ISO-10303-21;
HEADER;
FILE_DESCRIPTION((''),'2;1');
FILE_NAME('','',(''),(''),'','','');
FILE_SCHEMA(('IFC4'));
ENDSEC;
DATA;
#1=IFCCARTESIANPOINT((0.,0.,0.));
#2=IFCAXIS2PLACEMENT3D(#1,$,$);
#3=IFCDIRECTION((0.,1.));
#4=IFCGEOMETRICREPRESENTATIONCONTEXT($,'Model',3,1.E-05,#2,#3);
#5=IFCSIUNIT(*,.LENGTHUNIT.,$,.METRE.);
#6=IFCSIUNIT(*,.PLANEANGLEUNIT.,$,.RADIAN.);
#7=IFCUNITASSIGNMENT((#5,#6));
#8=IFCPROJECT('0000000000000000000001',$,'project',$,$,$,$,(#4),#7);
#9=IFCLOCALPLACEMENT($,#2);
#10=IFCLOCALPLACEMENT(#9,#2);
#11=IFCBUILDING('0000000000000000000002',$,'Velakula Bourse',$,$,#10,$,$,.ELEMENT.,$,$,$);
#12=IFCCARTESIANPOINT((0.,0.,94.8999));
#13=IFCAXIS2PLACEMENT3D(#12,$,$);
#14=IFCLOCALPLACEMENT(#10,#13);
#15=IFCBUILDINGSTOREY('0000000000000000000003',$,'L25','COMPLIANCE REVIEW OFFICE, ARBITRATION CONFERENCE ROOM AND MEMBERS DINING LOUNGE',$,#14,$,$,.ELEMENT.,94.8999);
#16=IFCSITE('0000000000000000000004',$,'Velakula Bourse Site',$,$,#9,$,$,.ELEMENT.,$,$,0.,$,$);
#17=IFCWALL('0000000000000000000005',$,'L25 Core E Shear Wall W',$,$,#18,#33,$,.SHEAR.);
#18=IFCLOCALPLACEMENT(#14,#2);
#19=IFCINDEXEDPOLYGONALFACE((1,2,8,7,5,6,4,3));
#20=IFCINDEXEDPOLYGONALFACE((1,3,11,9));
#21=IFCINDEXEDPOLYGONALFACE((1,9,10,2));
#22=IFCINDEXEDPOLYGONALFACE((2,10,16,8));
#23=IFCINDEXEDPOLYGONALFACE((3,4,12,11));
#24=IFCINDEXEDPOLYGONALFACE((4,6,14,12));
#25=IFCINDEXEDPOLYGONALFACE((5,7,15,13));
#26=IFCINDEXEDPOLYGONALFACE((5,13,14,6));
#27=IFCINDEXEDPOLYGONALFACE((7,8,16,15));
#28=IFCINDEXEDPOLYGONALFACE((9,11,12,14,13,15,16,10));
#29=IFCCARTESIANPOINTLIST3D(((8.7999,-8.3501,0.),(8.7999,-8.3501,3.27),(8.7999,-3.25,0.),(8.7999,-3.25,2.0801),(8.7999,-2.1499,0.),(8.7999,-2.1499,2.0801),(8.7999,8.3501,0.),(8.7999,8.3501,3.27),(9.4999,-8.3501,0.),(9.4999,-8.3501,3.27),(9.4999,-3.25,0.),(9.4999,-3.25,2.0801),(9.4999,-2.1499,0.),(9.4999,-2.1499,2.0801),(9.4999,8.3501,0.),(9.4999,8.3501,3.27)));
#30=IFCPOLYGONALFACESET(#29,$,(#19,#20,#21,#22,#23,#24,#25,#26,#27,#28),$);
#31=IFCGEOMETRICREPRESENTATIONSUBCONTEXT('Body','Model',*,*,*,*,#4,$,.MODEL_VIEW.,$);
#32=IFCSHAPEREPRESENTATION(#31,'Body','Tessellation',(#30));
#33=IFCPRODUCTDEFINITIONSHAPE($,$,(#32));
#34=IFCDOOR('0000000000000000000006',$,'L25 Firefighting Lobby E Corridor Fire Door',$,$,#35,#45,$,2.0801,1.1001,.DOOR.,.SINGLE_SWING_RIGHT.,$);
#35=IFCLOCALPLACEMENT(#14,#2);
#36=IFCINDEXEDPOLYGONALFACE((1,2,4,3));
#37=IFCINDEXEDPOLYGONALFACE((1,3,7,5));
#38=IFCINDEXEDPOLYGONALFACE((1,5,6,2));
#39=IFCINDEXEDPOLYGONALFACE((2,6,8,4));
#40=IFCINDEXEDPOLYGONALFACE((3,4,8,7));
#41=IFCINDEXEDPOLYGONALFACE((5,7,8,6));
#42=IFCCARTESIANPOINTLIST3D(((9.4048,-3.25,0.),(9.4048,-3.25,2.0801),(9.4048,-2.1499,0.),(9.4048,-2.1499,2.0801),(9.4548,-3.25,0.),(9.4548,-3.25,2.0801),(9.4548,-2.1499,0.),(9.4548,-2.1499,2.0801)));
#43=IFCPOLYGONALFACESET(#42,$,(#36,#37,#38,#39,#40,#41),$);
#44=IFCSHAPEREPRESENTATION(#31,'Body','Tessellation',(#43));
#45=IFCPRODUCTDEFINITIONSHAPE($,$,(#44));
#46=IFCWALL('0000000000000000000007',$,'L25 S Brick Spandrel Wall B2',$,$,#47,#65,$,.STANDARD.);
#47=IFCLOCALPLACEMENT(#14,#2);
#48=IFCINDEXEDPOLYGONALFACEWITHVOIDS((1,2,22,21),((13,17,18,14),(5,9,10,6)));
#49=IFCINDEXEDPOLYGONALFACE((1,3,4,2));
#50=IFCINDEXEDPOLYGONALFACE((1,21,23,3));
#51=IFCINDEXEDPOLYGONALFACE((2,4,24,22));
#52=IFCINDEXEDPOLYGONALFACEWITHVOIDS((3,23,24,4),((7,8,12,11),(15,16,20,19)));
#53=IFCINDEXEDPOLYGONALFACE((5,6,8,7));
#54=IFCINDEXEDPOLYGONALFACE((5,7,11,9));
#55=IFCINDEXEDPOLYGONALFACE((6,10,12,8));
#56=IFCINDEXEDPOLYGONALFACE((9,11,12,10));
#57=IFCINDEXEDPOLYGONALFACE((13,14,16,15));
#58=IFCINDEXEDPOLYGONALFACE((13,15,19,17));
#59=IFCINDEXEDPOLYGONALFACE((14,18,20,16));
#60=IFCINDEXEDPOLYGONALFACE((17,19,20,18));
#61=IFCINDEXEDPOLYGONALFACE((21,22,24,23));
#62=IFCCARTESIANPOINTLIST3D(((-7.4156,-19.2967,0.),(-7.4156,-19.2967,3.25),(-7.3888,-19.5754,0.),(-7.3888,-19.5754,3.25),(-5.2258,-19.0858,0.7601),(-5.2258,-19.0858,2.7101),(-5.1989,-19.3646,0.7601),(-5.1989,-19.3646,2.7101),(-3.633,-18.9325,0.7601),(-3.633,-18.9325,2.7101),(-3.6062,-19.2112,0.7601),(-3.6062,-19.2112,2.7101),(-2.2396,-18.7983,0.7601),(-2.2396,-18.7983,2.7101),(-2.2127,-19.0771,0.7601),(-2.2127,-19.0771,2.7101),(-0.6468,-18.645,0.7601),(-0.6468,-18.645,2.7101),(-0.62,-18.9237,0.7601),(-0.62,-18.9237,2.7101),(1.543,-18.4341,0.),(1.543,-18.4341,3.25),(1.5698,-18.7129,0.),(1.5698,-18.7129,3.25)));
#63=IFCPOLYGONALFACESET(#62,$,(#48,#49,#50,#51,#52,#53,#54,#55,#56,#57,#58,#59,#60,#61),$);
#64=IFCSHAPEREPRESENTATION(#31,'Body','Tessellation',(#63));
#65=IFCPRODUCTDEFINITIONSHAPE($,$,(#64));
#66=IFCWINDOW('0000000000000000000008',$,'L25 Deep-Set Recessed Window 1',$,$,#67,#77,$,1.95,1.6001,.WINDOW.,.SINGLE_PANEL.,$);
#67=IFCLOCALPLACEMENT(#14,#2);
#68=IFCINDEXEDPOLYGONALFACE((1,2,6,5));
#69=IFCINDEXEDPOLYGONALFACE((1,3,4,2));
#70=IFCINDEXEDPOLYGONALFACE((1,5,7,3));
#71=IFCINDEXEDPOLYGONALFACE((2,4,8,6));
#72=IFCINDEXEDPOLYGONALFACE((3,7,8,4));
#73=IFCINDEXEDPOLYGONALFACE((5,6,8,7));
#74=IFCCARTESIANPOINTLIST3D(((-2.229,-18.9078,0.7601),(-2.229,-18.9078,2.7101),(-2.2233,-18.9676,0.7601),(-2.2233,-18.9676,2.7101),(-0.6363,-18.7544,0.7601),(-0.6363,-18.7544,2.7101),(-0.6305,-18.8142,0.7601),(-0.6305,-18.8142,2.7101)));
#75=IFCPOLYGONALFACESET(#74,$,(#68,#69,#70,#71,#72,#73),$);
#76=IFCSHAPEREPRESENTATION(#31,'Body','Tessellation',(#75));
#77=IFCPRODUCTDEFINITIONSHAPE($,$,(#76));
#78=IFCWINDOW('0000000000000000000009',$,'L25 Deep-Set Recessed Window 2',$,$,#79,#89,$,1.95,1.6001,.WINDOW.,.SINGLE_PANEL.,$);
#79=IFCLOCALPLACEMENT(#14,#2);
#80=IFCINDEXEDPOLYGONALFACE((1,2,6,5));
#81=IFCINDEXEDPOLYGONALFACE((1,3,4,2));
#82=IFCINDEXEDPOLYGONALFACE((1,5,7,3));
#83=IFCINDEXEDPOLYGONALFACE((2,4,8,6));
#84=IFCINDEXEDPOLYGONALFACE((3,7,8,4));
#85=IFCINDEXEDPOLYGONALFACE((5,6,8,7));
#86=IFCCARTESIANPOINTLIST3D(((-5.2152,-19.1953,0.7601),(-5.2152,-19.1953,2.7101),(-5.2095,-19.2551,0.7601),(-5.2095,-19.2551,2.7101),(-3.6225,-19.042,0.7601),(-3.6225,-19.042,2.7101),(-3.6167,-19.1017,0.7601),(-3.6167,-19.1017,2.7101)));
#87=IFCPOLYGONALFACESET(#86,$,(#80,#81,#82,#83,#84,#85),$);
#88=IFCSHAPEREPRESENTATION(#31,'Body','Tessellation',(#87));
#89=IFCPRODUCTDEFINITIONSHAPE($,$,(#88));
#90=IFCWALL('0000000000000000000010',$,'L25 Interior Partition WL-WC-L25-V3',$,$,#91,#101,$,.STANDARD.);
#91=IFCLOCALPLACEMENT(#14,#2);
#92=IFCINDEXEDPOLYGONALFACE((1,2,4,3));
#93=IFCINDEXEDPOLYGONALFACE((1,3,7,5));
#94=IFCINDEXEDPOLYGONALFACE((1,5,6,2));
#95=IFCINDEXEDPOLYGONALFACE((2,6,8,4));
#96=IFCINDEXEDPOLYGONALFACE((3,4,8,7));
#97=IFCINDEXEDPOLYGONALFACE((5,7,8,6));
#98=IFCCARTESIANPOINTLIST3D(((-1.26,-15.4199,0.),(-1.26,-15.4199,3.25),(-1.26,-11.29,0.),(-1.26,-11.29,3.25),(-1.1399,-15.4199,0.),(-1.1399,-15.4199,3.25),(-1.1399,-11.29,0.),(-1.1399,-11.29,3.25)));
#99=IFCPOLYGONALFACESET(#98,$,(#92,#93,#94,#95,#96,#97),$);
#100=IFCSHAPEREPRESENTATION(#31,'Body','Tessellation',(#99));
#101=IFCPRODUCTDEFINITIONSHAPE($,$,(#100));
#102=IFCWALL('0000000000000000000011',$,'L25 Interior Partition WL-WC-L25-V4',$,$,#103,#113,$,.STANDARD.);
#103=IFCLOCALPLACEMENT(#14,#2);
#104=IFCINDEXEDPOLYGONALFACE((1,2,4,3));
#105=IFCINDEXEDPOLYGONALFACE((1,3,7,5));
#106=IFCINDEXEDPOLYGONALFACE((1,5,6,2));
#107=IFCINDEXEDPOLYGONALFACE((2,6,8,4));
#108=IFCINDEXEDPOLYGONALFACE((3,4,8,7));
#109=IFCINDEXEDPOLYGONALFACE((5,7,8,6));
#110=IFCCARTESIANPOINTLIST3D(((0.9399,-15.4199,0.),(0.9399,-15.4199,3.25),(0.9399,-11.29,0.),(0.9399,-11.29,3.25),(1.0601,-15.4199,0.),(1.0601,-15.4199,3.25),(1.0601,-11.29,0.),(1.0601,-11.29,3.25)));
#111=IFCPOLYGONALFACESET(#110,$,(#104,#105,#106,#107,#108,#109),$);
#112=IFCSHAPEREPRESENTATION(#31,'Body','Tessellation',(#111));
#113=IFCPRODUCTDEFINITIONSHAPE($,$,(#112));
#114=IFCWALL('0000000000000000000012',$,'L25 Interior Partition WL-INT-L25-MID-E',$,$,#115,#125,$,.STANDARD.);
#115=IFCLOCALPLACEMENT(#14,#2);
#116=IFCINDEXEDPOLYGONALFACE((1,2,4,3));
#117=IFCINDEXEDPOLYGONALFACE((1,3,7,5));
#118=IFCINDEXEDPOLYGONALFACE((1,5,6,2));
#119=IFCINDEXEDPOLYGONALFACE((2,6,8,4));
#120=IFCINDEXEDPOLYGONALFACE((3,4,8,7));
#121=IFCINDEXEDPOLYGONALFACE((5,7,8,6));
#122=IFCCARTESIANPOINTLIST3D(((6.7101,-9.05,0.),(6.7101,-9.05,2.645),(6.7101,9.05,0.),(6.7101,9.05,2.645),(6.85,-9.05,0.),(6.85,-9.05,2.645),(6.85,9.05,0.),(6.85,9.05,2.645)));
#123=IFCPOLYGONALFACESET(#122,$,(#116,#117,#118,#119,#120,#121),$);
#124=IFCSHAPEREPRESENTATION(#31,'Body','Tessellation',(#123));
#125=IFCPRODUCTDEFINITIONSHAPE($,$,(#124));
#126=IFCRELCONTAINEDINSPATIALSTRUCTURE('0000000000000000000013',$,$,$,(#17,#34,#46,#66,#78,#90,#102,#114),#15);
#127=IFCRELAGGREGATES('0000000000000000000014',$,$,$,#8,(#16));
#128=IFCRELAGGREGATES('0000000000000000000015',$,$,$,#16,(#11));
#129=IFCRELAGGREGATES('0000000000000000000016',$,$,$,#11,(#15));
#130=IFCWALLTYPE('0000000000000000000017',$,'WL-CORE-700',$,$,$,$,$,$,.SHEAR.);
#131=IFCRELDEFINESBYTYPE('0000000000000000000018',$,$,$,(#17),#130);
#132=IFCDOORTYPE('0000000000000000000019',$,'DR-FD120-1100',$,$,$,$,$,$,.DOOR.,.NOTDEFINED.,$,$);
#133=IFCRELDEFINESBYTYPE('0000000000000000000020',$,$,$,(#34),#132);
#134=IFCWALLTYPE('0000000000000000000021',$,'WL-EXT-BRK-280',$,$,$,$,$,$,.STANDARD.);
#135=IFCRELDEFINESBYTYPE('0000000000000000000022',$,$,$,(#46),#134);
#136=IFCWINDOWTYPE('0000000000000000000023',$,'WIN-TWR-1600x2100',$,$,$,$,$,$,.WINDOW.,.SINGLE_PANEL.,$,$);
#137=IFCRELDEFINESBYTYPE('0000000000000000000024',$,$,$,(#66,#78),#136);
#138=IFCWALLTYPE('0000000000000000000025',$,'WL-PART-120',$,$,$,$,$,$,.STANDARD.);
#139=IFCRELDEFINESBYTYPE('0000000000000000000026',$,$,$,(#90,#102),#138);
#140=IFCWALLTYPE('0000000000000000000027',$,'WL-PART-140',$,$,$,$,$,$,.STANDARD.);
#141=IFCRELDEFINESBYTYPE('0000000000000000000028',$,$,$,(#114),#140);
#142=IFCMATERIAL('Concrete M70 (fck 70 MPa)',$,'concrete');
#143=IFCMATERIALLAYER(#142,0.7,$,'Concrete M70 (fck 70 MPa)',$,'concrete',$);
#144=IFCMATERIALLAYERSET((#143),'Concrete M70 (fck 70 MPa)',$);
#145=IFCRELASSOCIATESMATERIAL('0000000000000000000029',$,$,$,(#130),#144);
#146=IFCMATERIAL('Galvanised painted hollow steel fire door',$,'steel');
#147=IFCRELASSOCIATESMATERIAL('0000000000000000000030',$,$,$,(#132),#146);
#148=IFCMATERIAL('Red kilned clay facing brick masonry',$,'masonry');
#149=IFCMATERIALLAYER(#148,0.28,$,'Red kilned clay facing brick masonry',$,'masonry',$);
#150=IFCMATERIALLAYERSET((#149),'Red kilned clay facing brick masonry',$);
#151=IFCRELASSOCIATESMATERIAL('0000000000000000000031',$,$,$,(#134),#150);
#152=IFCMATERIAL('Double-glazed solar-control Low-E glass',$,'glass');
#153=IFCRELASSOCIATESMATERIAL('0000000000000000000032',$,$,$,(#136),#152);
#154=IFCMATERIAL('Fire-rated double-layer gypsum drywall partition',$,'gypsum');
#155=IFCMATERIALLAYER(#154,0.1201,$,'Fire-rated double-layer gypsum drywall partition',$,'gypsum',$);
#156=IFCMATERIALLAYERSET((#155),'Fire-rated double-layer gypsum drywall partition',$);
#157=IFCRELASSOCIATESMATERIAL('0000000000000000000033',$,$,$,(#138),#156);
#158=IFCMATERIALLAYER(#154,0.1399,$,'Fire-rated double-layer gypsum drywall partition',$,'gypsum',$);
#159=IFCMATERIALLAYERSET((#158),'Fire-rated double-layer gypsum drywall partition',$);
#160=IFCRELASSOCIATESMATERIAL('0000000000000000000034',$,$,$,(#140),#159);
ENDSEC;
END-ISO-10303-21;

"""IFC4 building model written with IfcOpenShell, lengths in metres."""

from ifc_helpers import new_model, si_unit, direction, frame, frame_2d, origin, place, context, subcontext, project, spatial, rectangle, extrude, material, layer, layer_set, type_object, element, fill, save


model = new_model("IFC4")

# Units and contexts
model_context = context("Model", 3, precision=1e-05, world=origin(), true_north=direction((0.0, 1.0)))
body_context = subcontext(model_context, "Body", "Model", "MODEL_VIEW")
ifc_project = project(units=[si_unit("LENGTHUNIT", "METRE"), si_unit("PLANEANGLEUNIT", "RADIAN")], contexts=[model_context])

# Site, building, storey
site_placement = place(None, origin())
site = spatial("IfcSite", under=ifc_project, at=site_placement, Name="Velakula Bourse Site", CompositionType="ELEMENT", RefElevation=0.0)
building_placement = place(site_placement, origin())
building = spatial("IfcBuilding", under=site, at=building_placement, Name="Velakula Bourse", CompositionType="ELEMENT")
storey_placement = place(building_placement, frame((0.0, 0.0, 94.8999)))
storey = spatial("IfcBuildingStorey", under=building, at=storey_placement, Name="L25", Description="COMPLIANCE REVIEW OFFICE, ARBITRATION CONFERENCE ROOM AND MEMBERS DINING LOUNGE", CompositionType="ELEMENT", Elevation=94.8999)

# Shared definitions
ifc_material_1 = material(Name="Concrete M70 (fck 70 MPa)", Category="concrete")

# Shared definitions
ifc_layer_1 = layer(ifc_material_1, 0.7, Name="Concrete M70 (fck 70 MPa)", Category="concrete")
ifc_layer_set_1 = layer_set([ifc_layer_1], Name="Concrete M70 (fck 70 MPa)")
wall_type_1 = type_object("IfcWallType", Name="WL-CORE-700", PredefinedType="SHEAR", material=ifc_layer_set_1)

# Wall, opening, door
wall_1_placement = place(storey_placement, frame((9.1499, -8.3501, 0.0), z_axis=(0.0, 0.0, 1.0), x_axis=(0.0, 1.0, 0.0)))
wall_1 = element("IfcWall", 1, at=wall_1_placement, inside=storey, type_object=wall_type_1, Name="L25 Core E Shear Wall W", PredefinedType="SHEAR", context=body_context, shape_type="SweptSolid", body=[
    extrude(rectangle(XDim=16.7002, YDim=0.7, at=frame_2d((8.3501, 0.0))), origin(), (0.0, 0.0, 1.0), 3.27),
])
opening_1_placement = place(wall_1_placement, frame((5.1001, 0.0, 0.0)))
opening_1 = element("IfcOpeningElement", 2, at=opening_1_placement, cuts=wall_1, PredefinedType="OPENING", context=body_context, shape_type="SweptSolid", body=[
    extrude(rectangle(XDim=1.1001, YDim=2.0801, at=frame_2d((0.55, 1.04))), frame((0.0, 0.3599, 0.0), z_axis=(0.0, -1.0, 0.0), x_axis=(1.0, 0.0, 0.0)), (0.0, 0.0, 1.0), 0.72),
])
ifc_material_2 = material(Name="Galvanised painted hollow steel fire door", Category="steel")
door_type_1 = type_object("IfcDoorType", Name="DR-FD120-1100", OperationType="NOTDEFINED", PredefinedType="DOOR", material=ifc_material_2)
door_1_placement = place(opening_1_placement, origin())
door_1 = element("IfcDoor", 3, at=door_1_placement, inside=storey, type_object=door_type_1, Name="L25 Firefighting Lobby E Corridor Fire Door", OperationType="SINGLE_SWING_RIGHT", OverallHeight=2.0801, OverallWidth=1.1001, PredefinedType="DOOR", context=body_context, shape_type="SweptSolid", body=[
    extrude(rectangle(XDim=1.1001, YDim=2.0801, at=frame_2d((0.55, 1.04))), frame((0.0, -0.2549, 0.0), z_axis=(0.0, -1.0, 0.0), x_axis=(1.0, 0.0, 0.0)), (0.0, 0.0, 1.0), 0.05),
])
fill(opening_1, door_1)

# Wall, openings, windows
ifc_material_3 = material(Name="Red kilned clay facing brick masonry", Category="masonry")
ifc_layer_2 = layer(ifc_material_3, 0.28, Name="Red kilned clay facing brick masonry", Category="masonry")
ifc_layer_set_2 = layer_set([ifc_layer_2], Name="Red kilned clay facing brick masonry")
wall_type_2 = type_object("IfcWallType", Name="WL-EXT-BRK-280", PredefinedType="STANDARD", material=ifc_layer_set_2)
wall_2_placement = place(storey_placement, frame((1.5564, -18.5735, 0.0), z_axis=(0.0, 0.0, 1.0), x_axis=(-0.995397, -0.09584, 0.0)))
wall_2 = element("IfcWall", 4, at=wall_2_placement, inside=storey, type_object=wall_type_2, Name="L25 S Brick Spandrel Wall B2", PredefinedType="STANDARD", context=body_context, shape_type="SweptSolid", body=[
    extrude(rectangle(XDim=9.0, YDim=0.28, at=frame_2d((4.5, 0.0))), origin(), (0.0, 0.0, 1.0), 3.25),
])
opening_2_placement = place(wall_2_placement, frame((2.2, 0.0, 0.76)))
opening_2 = element("IfcOpeningElement", 5, at=opening_2_placement, cuts=wall_2, PredefinedType="OPENING", context=body_context, shape_type="SweptSolid", body=[
    extrude(rectangle(XDim=1.6001, YDim=1.95, at=frame_2d((0.8, 0.9751))), frame((0.0, 0.1499, 0.0), z_axis=(0.0, -1.0, 0.0), x_axis=(1.0, 0.0, 0.0)), (0.0, 0.0, 1.0), 0.3),
])
opening_3_placement = place(wall_2_placement, frame((5.2, 0.0, 0.76)))
opening_3 = element("IfcOpeningElement", 6, at=opening_3_placement, cuts=wall_2, PredefinedType="OPENING", context=body_context, shape_type="SweptSolid", body=[
    extrude(rectangle(XDim=1.6001, YDim=1.95, at=frame_2d((0.8, 0.9751))), frame((0.0, 0.1499, 0.0), z_axis=(0.0, -1.0, 0.0), x_axis=(1.0, 0.0, 0.0)), (0.0, 0.0, 1.0), 0.3),
])
ifc_material_4 = material(Name="Double-glazed solar-control Low-E glass", Category="glass")
window_type = type_object("IfcWindowType", Name="WIN-TWR-1600x2100", PartitioningType="SINGLE_PANEL", PredefinedType="WINDOW", material=ifc_material_4)
window_1_placement = place(opening_2_placement, origin())
window_1 = element("IfcWindow", 7, at=window_1_placement, inside=storey, type_object=window_type, Name="L25 Deep-Set Recessed Window 1", OverallHeight=1.95, OverallWidth=1.6001, PartitioningType="SINGLE_PANEL", PredefinedType="WINDOW", context=body_context, shape_type="SweptSolid", body=[
    extrude(rectangle(XDim=1.6001, YDim=1.95, at=frame_2d((0.8, 0.9751))), frame((0.0, 0.03, 0.0), z_axis=(0.0, -1.0, 0.0), x_axis=(1.0, 0.0, 0.0)), (0.0, 0.0, 1.0), 0.0601),
])
fill(opening_2, window_1)
window_2_placement = place(opening_3_placement, origin())
window_2 = element("IfcWindow", 8, at=window_2_placement, inside=storey, type_object=window_type, Name="L25 Deep-Set Recessed Window 2", OverallHeight=1.95, OverallWidth=1.6001, PartitioningType="SINGLE_PANEL", PredefinedType="WINDOW", context=body_context, shape_type="SweptSolid", body=[
    extrude(rectangle(XDim=1.6001, YDim=1.95, at=frame_2d((0.8, 0.9751))), frame((0.0, 0.03, 0.0), z_axis=(0.0, -1.0, 0.0), x_axis=(1.0, 0.0, 0.0)), (0.0, 0.0, 1.0), 0.0601),
])
fill(opening_3, window_2)

# Walls
ifc_material_5 = material(Name="Fire-rated double-layer gypsum drywall partition", Category="gypsum")
ifc_layer_3 = layer(ifc_material_5, 0.1201, Name="Fire-rated double-layer gypsum drywall partition", Category="gypsum")
ifc_layer_set_3 = layer_set([ifc_layer_3], Name="Fire-rated double-layer gypsum drywall partition")
wall_type_3 = type_object("IfcWallType", Name="WL-PART-120", PredefinedType="STANDARD", material=ifc_layer_set_3)
for number, where, z_axis, x_axis, name in (
    (9, (-1.2, -15.4199, 0.0), (0.0, 0.0, 1.0), (0.0, 1.0, 0.0), "L25 Interior Partition WL-WC-L25-V3"),
    (10, (1.0, -15.4199, 0.0), (0.0, 0.0, 1.0), (0.0, 1.0, 0.0), "L25 Interior Partition WL-WC-L25-V4"),
):
    element("IfcWall", number, at=place(storey_placement, frame(where, z_axis=z_axis, x_axis=x_axis)), inside=storey, type_object=wall_type_3, Name=name, PredefinedType="STANDARD", context=body_context, shape_type="SweptSolid", body=[
        extrude(rectangle(XDim=4.1299, YDim=0.1201, at=frame_2d((2.0649, 0.0))), origin(), (0.0, 0.0, 1.0), 3.25),
    ])
ifc_layer_4 = layer(ifc_material_5, 0.1399, Name="Fire-rated double-layer gypsum drywall partition", Category="gypsum")
ifc_layer_set_4 = layer_set([ifc_layer_4], Name="Fire-rated double-layer gypsum drywall partition")
wall_type_4 = type_object("IfcWallType", Name="WL-PART-140", PredefinedType="STANDARD", material=ifc_layer_set_4)
wall_3_placement = place(storey_placement, frame((6.78, -9.05, 0.0), z_axis=(0.0, 0.0, 1.0), x_axis=(0.0, 1.0, 0.0)))
element("IfcWall", 11, at=wall_3_placement, inside=storey, type_object=wall_type_4, Name="L25 Interior Partition WL-INT-L25-MID-E", PredefinedType="STANDARD", context=body_context, shape_type="SweptSolid", body=[
    extrude(rectangle(XDim=18.1001, YDim=0.1399, at=frame_2d((9.05, 0.0))), origin(), (0.0, 0.0, 1.0), 2.645),
])

save(model, "model.ifc")
